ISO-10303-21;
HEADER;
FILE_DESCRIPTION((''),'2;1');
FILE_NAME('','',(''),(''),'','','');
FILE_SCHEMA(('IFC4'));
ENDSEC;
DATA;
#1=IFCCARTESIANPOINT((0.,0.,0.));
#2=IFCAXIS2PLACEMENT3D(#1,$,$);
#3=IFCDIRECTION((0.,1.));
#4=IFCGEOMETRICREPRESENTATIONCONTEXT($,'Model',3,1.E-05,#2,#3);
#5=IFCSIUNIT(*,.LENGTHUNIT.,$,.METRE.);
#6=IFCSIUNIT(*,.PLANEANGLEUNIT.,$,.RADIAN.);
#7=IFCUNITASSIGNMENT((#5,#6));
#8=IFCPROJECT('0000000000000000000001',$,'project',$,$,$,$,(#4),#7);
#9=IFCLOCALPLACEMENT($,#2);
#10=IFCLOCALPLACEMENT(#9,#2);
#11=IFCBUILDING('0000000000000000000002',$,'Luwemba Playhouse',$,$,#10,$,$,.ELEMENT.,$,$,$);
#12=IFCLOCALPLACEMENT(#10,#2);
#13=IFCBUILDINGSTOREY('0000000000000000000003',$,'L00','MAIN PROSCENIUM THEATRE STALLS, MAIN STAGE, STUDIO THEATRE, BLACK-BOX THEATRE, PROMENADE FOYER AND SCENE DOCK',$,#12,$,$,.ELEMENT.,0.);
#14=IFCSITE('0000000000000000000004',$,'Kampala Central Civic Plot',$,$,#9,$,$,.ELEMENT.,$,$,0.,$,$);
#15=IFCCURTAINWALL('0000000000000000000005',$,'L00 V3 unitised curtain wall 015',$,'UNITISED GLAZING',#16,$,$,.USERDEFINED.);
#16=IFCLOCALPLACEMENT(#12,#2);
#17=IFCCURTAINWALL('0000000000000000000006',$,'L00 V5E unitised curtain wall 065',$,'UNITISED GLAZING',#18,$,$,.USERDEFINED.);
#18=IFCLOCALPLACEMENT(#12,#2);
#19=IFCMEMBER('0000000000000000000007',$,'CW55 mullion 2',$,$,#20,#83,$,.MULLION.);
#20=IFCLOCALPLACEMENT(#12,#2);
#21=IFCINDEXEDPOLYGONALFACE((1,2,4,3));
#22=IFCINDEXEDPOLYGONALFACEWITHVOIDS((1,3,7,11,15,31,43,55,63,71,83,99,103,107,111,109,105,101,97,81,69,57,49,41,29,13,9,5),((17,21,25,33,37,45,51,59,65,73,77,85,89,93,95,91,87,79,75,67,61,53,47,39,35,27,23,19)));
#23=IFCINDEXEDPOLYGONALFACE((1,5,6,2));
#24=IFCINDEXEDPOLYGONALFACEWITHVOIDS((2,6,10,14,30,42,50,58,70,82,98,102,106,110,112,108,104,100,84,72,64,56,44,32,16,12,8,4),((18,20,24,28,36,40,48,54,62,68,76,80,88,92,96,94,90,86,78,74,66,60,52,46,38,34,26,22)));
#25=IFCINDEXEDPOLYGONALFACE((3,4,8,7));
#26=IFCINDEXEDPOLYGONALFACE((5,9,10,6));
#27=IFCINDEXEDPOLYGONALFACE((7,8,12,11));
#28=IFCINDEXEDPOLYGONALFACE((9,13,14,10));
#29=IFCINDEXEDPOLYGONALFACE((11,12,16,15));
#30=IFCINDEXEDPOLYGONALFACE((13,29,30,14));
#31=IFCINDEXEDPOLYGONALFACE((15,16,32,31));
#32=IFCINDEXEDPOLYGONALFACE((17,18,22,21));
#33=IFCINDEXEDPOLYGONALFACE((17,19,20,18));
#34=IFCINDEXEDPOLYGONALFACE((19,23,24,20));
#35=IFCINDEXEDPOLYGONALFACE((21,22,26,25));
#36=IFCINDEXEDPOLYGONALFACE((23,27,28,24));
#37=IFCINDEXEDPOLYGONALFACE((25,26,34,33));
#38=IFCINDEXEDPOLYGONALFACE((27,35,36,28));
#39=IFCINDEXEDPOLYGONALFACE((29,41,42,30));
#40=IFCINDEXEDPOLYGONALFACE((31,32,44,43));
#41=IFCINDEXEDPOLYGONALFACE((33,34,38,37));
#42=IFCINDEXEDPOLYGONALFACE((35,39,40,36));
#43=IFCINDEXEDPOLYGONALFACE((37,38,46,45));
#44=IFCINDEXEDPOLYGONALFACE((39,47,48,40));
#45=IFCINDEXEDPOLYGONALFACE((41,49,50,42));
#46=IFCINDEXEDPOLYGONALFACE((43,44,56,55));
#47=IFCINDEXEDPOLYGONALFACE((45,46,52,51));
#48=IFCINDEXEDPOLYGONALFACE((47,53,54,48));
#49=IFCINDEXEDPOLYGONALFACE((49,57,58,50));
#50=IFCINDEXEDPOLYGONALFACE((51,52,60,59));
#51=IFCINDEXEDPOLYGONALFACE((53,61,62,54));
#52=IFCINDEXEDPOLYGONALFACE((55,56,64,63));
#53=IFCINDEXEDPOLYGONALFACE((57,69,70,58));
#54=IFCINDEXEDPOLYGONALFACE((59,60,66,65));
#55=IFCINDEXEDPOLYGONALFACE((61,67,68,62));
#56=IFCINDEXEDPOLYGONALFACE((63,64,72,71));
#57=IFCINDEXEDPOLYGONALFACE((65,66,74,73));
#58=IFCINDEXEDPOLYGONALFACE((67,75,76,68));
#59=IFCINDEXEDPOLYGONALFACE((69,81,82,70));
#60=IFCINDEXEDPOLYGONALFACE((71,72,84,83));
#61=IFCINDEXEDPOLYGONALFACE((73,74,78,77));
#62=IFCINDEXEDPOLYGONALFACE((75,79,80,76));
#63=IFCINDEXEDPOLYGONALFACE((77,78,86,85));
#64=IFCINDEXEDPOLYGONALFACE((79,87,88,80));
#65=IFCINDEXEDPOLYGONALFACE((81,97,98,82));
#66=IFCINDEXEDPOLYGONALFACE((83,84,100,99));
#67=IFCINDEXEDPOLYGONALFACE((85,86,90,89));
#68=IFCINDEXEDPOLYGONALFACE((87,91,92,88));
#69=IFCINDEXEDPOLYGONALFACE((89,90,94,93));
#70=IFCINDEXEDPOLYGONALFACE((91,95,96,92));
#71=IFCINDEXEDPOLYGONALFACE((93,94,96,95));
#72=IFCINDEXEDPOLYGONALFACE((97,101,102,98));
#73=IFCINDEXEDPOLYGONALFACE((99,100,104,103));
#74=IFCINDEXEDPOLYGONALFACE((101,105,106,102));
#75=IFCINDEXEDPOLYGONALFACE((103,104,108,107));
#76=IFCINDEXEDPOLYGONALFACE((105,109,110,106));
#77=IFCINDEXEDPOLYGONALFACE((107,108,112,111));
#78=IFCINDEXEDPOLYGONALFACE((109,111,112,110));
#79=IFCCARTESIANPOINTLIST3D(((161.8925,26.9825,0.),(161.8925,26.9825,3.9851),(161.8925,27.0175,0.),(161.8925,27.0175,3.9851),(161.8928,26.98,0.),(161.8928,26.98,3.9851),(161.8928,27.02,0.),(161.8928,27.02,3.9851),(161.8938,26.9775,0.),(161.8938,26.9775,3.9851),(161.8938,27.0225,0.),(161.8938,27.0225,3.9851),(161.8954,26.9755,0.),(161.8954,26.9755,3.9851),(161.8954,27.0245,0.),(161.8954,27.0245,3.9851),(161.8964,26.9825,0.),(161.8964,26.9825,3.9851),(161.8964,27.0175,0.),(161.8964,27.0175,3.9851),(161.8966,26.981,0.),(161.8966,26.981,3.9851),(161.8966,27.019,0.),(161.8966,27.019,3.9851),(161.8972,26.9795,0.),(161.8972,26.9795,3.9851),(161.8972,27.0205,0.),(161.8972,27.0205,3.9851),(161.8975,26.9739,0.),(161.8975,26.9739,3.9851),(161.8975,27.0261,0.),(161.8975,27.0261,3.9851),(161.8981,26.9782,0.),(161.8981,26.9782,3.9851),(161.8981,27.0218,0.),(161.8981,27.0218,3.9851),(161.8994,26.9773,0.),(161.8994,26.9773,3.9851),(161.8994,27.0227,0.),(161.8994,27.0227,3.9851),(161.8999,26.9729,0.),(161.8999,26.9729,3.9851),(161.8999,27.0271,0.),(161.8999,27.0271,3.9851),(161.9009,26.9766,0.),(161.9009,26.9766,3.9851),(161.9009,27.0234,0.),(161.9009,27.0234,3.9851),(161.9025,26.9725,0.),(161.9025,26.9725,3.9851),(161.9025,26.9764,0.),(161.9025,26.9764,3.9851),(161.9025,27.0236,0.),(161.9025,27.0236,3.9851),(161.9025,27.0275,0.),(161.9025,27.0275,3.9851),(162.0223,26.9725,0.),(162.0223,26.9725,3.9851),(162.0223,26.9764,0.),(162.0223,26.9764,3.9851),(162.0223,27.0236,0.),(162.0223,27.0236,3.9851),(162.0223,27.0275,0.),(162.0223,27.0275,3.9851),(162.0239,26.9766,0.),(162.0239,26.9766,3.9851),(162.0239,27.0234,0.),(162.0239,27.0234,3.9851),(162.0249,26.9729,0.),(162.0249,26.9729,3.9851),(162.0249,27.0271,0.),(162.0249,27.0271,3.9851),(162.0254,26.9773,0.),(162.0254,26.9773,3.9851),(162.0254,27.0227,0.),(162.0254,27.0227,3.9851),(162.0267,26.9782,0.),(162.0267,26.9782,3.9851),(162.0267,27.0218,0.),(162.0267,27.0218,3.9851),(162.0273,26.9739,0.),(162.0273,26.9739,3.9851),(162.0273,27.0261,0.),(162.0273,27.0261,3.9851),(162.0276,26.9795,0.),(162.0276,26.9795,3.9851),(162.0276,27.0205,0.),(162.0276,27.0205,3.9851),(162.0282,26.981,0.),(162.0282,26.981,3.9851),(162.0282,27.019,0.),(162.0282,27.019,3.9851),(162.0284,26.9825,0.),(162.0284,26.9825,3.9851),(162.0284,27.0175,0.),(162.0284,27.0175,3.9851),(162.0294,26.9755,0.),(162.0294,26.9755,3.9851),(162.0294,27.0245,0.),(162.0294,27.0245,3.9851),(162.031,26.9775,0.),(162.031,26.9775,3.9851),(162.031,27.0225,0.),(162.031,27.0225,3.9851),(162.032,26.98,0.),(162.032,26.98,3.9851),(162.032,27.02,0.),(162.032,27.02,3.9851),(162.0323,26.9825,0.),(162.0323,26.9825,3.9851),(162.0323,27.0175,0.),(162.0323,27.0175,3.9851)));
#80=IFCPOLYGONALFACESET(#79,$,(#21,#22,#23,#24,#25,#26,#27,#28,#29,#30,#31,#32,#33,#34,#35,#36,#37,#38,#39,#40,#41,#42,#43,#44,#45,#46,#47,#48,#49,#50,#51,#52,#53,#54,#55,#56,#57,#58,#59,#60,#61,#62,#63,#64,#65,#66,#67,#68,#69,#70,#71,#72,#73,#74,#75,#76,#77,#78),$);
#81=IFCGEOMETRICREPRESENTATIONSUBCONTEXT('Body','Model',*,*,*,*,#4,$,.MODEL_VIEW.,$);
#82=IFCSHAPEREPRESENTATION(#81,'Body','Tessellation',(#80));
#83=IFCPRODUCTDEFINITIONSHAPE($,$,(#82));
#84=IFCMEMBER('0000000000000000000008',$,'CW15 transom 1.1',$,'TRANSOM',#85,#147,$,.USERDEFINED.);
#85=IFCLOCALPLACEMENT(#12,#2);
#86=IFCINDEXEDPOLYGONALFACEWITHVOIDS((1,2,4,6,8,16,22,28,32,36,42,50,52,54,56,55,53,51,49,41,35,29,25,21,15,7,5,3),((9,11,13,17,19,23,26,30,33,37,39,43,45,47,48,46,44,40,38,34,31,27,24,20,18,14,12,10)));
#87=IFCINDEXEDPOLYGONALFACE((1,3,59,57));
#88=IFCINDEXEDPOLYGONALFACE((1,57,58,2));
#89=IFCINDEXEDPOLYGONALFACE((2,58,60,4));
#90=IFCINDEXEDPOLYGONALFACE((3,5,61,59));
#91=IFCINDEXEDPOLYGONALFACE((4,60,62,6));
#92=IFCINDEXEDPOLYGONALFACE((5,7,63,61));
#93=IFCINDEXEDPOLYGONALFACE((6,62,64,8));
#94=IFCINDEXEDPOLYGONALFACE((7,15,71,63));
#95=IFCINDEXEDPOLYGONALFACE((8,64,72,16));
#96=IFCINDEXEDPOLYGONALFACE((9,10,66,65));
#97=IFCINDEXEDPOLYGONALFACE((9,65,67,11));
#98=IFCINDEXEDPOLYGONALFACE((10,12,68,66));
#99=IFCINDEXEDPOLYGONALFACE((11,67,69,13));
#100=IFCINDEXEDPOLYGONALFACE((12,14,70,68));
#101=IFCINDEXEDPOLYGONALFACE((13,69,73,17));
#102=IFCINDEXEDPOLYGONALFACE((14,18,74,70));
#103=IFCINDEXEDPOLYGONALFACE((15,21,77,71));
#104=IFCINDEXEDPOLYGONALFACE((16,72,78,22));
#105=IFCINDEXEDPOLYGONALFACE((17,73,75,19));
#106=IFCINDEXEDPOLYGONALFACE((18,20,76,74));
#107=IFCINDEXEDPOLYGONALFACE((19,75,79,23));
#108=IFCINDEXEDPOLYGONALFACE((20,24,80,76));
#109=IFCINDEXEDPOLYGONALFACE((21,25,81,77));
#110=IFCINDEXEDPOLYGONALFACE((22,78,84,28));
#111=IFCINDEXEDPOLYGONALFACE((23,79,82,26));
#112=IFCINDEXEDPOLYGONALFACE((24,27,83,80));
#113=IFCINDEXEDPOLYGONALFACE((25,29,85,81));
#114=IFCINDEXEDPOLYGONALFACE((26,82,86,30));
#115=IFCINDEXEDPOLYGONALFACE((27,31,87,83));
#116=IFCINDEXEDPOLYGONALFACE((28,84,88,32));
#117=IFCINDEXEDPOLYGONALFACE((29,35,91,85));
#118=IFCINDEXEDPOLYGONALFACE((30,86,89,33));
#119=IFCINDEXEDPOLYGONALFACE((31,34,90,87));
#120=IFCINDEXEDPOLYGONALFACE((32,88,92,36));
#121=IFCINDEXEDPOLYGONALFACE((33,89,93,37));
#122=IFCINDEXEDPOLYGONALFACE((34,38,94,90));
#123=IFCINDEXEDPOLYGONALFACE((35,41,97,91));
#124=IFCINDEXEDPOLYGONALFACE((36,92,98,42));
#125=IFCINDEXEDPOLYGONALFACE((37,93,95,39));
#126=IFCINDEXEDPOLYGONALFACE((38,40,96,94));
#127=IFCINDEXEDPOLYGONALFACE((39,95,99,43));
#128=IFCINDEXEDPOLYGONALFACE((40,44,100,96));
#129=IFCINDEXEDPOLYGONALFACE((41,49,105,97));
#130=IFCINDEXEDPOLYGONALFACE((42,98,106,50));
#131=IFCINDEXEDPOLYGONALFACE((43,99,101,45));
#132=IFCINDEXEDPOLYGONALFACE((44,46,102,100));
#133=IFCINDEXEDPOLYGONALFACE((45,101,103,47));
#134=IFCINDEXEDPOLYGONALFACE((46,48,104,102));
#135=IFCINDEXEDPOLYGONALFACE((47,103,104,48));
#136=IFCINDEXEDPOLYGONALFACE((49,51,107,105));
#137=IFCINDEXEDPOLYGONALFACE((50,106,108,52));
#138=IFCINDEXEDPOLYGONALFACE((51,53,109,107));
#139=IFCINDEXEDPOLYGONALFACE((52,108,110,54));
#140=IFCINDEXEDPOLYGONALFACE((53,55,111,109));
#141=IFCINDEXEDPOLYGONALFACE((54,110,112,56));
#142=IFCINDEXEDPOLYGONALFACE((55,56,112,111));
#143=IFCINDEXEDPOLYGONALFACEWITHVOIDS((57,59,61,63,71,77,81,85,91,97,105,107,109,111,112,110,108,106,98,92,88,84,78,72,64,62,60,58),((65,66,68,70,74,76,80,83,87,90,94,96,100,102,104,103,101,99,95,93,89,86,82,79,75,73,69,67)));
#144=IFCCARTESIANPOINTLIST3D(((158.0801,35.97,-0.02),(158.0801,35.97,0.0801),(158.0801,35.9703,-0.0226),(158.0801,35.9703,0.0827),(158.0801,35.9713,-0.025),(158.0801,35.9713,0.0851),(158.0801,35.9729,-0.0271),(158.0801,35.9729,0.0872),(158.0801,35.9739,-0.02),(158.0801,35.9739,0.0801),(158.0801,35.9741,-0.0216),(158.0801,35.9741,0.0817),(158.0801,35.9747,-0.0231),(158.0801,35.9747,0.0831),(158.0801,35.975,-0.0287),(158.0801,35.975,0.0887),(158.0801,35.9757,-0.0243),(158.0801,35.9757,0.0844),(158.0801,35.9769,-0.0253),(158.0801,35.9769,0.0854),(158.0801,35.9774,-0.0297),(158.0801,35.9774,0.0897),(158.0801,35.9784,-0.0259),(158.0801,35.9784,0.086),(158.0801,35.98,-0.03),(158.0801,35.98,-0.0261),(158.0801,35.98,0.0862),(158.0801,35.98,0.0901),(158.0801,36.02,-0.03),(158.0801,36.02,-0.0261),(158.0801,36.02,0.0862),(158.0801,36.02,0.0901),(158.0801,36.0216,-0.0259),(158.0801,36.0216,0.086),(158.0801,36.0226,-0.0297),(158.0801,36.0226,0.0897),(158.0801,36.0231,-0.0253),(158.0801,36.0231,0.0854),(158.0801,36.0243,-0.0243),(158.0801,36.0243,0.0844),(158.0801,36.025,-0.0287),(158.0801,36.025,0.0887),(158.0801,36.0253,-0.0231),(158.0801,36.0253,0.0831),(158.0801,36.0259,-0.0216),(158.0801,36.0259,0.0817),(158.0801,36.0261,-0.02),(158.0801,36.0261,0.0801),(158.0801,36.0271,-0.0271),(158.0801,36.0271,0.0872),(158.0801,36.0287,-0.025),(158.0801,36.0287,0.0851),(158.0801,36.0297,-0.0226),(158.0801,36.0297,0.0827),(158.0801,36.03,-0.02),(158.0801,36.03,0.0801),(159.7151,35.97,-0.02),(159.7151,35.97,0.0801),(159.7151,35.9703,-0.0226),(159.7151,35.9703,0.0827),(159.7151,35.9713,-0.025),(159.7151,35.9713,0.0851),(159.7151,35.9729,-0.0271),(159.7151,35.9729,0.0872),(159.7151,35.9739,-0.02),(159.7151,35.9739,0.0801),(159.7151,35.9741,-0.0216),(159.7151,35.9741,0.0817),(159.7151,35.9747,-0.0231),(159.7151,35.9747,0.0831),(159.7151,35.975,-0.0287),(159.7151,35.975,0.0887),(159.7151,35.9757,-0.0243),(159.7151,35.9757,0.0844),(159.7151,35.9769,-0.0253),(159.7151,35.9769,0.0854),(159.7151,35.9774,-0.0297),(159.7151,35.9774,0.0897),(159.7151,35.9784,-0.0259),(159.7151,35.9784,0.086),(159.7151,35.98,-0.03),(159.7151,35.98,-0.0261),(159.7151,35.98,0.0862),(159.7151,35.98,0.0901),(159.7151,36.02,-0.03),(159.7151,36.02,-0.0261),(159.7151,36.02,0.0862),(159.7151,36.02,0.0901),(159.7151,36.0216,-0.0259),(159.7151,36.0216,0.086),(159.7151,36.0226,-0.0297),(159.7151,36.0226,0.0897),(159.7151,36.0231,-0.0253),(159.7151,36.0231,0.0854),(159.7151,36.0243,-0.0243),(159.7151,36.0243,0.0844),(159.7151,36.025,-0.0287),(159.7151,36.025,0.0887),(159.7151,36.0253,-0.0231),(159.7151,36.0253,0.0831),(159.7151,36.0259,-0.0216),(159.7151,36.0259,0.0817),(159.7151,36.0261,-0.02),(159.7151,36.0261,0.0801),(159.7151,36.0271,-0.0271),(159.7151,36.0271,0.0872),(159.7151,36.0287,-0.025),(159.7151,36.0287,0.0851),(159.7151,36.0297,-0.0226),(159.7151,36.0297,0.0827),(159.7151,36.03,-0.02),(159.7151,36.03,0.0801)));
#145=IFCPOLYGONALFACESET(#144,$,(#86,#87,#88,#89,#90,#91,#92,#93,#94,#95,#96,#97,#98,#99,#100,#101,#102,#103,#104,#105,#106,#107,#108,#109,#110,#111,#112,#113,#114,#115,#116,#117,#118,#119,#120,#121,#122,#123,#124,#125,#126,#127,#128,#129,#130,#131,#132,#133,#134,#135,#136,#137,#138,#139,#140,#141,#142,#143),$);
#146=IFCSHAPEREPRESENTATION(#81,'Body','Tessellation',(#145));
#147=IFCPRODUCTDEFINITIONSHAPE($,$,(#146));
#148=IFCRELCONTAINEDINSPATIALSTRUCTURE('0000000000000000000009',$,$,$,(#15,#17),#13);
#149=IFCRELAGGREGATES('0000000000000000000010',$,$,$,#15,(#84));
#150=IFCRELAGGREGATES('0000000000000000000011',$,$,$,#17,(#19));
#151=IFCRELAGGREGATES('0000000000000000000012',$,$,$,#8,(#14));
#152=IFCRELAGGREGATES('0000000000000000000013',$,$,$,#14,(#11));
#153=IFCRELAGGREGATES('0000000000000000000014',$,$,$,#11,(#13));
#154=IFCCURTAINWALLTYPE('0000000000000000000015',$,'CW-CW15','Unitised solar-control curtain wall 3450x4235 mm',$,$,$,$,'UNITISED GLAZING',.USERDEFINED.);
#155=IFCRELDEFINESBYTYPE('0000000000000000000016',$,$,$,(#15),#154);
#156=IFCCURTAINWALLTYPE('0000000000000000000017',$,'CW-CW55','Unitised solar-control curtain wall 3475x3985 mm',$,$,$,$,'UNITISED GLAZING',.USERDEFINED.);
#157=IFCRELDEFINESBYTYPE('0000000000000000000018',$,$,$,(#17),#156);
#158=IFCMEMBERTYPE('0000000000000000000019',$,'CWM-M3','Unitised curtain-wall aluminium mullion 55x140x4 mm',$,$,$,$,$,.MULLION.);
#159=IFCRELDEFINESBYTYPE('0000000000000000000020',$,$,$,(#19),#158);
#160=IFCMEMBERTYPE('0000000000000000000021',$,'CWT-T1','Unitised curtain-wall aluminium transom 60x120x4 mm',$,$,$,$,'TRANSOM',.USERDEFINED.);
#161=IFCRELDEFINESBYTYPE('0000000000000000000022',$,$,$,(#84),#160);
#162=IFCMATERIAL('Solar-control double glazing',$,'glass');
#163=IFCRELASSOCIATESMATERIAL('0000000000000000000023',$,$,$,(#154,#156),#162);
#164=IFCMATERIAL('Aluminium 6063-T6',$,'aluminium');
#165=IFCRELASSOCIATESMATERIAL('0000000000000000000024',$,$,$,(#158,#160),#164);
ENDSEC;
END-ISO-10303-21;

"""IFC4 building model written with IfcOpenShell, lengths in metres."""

from ifc_helpers import new_model, si_unit, direction, frame, origin, origin_2d, place, context, subcontext, project, spatial, hollow_rectangle, extrude, material, material_profile, profile_set, type_object, element, aggregate, save


model = new_model("IFC4")

# Units and contexts
model_context = context("Model", 3, precision=1e-05, world=origin(), true_north=direction((0.0, 1.0)))
body_context = subcontext(model_context, "Body", "Model", "MODEL_VIEW")
ifc_project = project(units=[si_unit("LENGTHUNIT", "METRE"), si_unit("PLANEANGLEUNIT", "RADIAN")], contexts=[model_context])

# Site, building, storey
site_placement = place(None, origin())
site = spatial("IfcSite", under=ifc_project, at=site_placement, Name="Kampala Central Civic Plot", CompositionType="ELEMENT", RefElevation=0.0)
building_placement = place(site_placement, origin())
building = spatial("IfcBuilding", under=site, at=building_placement, Name="Luwemba Playhouse", CompositionType="ELEMENT")
storey_placement = place(building_placement, origin())
storey = spatial("IfcBuildingStorey", under=building, at=storey_placement, Name="L00", Description="MAIN PROSCENIUM THEATRE STALLS, MAIN STAGE, STUDIO THEATRE, BLACK-BOX THEATRE, PROMENADE FOYER AND SCENE DOCK", CompositionType="ELEMENT", Elevation=0.0)

# Curtain wall
ifc_material_1 = material(Name="Solar-control double glazing", Category="glass")
curtain_wall_type_1 = type_object("IfcCurtainWallType", Name="CW-CW15", Description="Unitised solar-control curtain wall 3450x4235 mm", ElementType="UNITISED GLAZING", PredefinedType="USERDEFINED", material=ifc_material_1)
curtain_wall_1_placement = place(storey_placement, origin())
curtain_wall_1 = element("IfcCurtainWall", 1, at=curtain_wall_1_placement, inside=storey, type_object=curtain_wall_type_1, Name="L00 V3 unitised curtain wall 015", ObjectType="UNITISED GLAZING", PredefinedType="USERDEFINED")
ifc_material_2 = material(Name="Aluminium 6063-T6", Category="aluminium")

# Curtain wall, member
curtain_wall_type_2 = type_object("IfcCurtainWallType", Name="CW-CW55", Description="Unitised solar-control curtain wall 3475x3985 mm", ElementType="UNITISED GLAZING", PredefinedType="USERDEFINED", material=ifc_material_1)
curtain_wall_2_placement = place(storey_placement, origin())
curtain_wall_2 = element("IfcCurtainWall", 2, at=curtain_wall_2_placement, inside=storey, type_object=curtain_wall_type_2, Name="L00 V5E unitised curtain wall 065", ObjectType="UNITISED GLAZING", PredefinedType="USERDEFINED")
ifc_material_profile_1 = material_profile(ifc_material_2, hollow_rectangle(XDim=0.0549, YDim=0.1399, WallThickness=0.0039, InnerFilletRadius=0.0061, OuterFilletRadius=0.01, at=origin_2d()))
ifc_profile_set_1 = profile_set([ifc_material_profile_1], Name="Aluminium 6063-T6")
member_type_1 = type_object("IfcMemberType", Name="CWM-M3", Description="Unitised curtain-wall aluminium mullion 55x140x4 mm", PredefinedType="MULLION", material=ifc_profile_set_1)
member_1_placement = place(storey_placement, frame((161.9624, 27.0, 0.0), z_axis=(0.0, 0.0, 1.0), x_axis=(0.0, 1.0, 0.0)))
member_1 = element("IfcMember", 3, at=member_1_placement, type_object=member_type_1, Name="CW55 mullion 2", PredefinedType="MULLION", context=body_context, shape_type="SweptSolid", body=[
    extrude(hollow_rectangle(XDim=0.0549, YDim=0.1399, WallThickness=0.0039, InnerFilletRadius=0.0061, OuterFilletRadius=0.01, at=origin_2d()), origin(), (0.0, 0.0, 1.0), 3.9851),
])

# Member
ifc_material_profile_2 = material_profile(ifc_material_2, hollow_rectangle(XDim=0.0601, YDim=0.1201, WallThickness=0.0039, InnerFilletRadius=0.0061, OuterFilletRadius=0.01, at=origin_2d()))
ifc_profile_set_2 = profile_set([ifc_material_profile_2], Name="Aluminium 6063-T6")
member_type_2 = type_object("IfcMemberType", Name="CWT-T1", Description="Unitised curtain-wall aluminium transom 60x120x4 mm", ElementType="TRANSOM", PredefinedType="USERDEFINED", material=ifc_profile_set_2)
member_2_placement = place(storey_placement, frame((159.7151, 36.0, 0.03), z_axis=(-1.0, 0.0, 0.0), x_axis=(0.0, -1.0, 0.0)))
member_2 = element("IfcMember", 4, at=member_2_placement, type_object=member_type_2, Name="CW15 transom 1.1", ObjectType="TRANSOM", PredefinedType="USERDEFINED", context=body_context, shape_type="SweptSolid", body=[
    extrude(hollow_rectangle(XDim=0.0601, YDim=0.1201, WallThickness=0.0039, InnerFilletRadius=0.0061, OuterFilletRadius=0.01, at=origin_2d()), origin(), (0.0, 0.0, 1.0), 1.635),
])

aggregate(curtain_wall_1, [member_2])
aggregate(curtain_wall_2, [member_1])

save(model, "model.ifc")
